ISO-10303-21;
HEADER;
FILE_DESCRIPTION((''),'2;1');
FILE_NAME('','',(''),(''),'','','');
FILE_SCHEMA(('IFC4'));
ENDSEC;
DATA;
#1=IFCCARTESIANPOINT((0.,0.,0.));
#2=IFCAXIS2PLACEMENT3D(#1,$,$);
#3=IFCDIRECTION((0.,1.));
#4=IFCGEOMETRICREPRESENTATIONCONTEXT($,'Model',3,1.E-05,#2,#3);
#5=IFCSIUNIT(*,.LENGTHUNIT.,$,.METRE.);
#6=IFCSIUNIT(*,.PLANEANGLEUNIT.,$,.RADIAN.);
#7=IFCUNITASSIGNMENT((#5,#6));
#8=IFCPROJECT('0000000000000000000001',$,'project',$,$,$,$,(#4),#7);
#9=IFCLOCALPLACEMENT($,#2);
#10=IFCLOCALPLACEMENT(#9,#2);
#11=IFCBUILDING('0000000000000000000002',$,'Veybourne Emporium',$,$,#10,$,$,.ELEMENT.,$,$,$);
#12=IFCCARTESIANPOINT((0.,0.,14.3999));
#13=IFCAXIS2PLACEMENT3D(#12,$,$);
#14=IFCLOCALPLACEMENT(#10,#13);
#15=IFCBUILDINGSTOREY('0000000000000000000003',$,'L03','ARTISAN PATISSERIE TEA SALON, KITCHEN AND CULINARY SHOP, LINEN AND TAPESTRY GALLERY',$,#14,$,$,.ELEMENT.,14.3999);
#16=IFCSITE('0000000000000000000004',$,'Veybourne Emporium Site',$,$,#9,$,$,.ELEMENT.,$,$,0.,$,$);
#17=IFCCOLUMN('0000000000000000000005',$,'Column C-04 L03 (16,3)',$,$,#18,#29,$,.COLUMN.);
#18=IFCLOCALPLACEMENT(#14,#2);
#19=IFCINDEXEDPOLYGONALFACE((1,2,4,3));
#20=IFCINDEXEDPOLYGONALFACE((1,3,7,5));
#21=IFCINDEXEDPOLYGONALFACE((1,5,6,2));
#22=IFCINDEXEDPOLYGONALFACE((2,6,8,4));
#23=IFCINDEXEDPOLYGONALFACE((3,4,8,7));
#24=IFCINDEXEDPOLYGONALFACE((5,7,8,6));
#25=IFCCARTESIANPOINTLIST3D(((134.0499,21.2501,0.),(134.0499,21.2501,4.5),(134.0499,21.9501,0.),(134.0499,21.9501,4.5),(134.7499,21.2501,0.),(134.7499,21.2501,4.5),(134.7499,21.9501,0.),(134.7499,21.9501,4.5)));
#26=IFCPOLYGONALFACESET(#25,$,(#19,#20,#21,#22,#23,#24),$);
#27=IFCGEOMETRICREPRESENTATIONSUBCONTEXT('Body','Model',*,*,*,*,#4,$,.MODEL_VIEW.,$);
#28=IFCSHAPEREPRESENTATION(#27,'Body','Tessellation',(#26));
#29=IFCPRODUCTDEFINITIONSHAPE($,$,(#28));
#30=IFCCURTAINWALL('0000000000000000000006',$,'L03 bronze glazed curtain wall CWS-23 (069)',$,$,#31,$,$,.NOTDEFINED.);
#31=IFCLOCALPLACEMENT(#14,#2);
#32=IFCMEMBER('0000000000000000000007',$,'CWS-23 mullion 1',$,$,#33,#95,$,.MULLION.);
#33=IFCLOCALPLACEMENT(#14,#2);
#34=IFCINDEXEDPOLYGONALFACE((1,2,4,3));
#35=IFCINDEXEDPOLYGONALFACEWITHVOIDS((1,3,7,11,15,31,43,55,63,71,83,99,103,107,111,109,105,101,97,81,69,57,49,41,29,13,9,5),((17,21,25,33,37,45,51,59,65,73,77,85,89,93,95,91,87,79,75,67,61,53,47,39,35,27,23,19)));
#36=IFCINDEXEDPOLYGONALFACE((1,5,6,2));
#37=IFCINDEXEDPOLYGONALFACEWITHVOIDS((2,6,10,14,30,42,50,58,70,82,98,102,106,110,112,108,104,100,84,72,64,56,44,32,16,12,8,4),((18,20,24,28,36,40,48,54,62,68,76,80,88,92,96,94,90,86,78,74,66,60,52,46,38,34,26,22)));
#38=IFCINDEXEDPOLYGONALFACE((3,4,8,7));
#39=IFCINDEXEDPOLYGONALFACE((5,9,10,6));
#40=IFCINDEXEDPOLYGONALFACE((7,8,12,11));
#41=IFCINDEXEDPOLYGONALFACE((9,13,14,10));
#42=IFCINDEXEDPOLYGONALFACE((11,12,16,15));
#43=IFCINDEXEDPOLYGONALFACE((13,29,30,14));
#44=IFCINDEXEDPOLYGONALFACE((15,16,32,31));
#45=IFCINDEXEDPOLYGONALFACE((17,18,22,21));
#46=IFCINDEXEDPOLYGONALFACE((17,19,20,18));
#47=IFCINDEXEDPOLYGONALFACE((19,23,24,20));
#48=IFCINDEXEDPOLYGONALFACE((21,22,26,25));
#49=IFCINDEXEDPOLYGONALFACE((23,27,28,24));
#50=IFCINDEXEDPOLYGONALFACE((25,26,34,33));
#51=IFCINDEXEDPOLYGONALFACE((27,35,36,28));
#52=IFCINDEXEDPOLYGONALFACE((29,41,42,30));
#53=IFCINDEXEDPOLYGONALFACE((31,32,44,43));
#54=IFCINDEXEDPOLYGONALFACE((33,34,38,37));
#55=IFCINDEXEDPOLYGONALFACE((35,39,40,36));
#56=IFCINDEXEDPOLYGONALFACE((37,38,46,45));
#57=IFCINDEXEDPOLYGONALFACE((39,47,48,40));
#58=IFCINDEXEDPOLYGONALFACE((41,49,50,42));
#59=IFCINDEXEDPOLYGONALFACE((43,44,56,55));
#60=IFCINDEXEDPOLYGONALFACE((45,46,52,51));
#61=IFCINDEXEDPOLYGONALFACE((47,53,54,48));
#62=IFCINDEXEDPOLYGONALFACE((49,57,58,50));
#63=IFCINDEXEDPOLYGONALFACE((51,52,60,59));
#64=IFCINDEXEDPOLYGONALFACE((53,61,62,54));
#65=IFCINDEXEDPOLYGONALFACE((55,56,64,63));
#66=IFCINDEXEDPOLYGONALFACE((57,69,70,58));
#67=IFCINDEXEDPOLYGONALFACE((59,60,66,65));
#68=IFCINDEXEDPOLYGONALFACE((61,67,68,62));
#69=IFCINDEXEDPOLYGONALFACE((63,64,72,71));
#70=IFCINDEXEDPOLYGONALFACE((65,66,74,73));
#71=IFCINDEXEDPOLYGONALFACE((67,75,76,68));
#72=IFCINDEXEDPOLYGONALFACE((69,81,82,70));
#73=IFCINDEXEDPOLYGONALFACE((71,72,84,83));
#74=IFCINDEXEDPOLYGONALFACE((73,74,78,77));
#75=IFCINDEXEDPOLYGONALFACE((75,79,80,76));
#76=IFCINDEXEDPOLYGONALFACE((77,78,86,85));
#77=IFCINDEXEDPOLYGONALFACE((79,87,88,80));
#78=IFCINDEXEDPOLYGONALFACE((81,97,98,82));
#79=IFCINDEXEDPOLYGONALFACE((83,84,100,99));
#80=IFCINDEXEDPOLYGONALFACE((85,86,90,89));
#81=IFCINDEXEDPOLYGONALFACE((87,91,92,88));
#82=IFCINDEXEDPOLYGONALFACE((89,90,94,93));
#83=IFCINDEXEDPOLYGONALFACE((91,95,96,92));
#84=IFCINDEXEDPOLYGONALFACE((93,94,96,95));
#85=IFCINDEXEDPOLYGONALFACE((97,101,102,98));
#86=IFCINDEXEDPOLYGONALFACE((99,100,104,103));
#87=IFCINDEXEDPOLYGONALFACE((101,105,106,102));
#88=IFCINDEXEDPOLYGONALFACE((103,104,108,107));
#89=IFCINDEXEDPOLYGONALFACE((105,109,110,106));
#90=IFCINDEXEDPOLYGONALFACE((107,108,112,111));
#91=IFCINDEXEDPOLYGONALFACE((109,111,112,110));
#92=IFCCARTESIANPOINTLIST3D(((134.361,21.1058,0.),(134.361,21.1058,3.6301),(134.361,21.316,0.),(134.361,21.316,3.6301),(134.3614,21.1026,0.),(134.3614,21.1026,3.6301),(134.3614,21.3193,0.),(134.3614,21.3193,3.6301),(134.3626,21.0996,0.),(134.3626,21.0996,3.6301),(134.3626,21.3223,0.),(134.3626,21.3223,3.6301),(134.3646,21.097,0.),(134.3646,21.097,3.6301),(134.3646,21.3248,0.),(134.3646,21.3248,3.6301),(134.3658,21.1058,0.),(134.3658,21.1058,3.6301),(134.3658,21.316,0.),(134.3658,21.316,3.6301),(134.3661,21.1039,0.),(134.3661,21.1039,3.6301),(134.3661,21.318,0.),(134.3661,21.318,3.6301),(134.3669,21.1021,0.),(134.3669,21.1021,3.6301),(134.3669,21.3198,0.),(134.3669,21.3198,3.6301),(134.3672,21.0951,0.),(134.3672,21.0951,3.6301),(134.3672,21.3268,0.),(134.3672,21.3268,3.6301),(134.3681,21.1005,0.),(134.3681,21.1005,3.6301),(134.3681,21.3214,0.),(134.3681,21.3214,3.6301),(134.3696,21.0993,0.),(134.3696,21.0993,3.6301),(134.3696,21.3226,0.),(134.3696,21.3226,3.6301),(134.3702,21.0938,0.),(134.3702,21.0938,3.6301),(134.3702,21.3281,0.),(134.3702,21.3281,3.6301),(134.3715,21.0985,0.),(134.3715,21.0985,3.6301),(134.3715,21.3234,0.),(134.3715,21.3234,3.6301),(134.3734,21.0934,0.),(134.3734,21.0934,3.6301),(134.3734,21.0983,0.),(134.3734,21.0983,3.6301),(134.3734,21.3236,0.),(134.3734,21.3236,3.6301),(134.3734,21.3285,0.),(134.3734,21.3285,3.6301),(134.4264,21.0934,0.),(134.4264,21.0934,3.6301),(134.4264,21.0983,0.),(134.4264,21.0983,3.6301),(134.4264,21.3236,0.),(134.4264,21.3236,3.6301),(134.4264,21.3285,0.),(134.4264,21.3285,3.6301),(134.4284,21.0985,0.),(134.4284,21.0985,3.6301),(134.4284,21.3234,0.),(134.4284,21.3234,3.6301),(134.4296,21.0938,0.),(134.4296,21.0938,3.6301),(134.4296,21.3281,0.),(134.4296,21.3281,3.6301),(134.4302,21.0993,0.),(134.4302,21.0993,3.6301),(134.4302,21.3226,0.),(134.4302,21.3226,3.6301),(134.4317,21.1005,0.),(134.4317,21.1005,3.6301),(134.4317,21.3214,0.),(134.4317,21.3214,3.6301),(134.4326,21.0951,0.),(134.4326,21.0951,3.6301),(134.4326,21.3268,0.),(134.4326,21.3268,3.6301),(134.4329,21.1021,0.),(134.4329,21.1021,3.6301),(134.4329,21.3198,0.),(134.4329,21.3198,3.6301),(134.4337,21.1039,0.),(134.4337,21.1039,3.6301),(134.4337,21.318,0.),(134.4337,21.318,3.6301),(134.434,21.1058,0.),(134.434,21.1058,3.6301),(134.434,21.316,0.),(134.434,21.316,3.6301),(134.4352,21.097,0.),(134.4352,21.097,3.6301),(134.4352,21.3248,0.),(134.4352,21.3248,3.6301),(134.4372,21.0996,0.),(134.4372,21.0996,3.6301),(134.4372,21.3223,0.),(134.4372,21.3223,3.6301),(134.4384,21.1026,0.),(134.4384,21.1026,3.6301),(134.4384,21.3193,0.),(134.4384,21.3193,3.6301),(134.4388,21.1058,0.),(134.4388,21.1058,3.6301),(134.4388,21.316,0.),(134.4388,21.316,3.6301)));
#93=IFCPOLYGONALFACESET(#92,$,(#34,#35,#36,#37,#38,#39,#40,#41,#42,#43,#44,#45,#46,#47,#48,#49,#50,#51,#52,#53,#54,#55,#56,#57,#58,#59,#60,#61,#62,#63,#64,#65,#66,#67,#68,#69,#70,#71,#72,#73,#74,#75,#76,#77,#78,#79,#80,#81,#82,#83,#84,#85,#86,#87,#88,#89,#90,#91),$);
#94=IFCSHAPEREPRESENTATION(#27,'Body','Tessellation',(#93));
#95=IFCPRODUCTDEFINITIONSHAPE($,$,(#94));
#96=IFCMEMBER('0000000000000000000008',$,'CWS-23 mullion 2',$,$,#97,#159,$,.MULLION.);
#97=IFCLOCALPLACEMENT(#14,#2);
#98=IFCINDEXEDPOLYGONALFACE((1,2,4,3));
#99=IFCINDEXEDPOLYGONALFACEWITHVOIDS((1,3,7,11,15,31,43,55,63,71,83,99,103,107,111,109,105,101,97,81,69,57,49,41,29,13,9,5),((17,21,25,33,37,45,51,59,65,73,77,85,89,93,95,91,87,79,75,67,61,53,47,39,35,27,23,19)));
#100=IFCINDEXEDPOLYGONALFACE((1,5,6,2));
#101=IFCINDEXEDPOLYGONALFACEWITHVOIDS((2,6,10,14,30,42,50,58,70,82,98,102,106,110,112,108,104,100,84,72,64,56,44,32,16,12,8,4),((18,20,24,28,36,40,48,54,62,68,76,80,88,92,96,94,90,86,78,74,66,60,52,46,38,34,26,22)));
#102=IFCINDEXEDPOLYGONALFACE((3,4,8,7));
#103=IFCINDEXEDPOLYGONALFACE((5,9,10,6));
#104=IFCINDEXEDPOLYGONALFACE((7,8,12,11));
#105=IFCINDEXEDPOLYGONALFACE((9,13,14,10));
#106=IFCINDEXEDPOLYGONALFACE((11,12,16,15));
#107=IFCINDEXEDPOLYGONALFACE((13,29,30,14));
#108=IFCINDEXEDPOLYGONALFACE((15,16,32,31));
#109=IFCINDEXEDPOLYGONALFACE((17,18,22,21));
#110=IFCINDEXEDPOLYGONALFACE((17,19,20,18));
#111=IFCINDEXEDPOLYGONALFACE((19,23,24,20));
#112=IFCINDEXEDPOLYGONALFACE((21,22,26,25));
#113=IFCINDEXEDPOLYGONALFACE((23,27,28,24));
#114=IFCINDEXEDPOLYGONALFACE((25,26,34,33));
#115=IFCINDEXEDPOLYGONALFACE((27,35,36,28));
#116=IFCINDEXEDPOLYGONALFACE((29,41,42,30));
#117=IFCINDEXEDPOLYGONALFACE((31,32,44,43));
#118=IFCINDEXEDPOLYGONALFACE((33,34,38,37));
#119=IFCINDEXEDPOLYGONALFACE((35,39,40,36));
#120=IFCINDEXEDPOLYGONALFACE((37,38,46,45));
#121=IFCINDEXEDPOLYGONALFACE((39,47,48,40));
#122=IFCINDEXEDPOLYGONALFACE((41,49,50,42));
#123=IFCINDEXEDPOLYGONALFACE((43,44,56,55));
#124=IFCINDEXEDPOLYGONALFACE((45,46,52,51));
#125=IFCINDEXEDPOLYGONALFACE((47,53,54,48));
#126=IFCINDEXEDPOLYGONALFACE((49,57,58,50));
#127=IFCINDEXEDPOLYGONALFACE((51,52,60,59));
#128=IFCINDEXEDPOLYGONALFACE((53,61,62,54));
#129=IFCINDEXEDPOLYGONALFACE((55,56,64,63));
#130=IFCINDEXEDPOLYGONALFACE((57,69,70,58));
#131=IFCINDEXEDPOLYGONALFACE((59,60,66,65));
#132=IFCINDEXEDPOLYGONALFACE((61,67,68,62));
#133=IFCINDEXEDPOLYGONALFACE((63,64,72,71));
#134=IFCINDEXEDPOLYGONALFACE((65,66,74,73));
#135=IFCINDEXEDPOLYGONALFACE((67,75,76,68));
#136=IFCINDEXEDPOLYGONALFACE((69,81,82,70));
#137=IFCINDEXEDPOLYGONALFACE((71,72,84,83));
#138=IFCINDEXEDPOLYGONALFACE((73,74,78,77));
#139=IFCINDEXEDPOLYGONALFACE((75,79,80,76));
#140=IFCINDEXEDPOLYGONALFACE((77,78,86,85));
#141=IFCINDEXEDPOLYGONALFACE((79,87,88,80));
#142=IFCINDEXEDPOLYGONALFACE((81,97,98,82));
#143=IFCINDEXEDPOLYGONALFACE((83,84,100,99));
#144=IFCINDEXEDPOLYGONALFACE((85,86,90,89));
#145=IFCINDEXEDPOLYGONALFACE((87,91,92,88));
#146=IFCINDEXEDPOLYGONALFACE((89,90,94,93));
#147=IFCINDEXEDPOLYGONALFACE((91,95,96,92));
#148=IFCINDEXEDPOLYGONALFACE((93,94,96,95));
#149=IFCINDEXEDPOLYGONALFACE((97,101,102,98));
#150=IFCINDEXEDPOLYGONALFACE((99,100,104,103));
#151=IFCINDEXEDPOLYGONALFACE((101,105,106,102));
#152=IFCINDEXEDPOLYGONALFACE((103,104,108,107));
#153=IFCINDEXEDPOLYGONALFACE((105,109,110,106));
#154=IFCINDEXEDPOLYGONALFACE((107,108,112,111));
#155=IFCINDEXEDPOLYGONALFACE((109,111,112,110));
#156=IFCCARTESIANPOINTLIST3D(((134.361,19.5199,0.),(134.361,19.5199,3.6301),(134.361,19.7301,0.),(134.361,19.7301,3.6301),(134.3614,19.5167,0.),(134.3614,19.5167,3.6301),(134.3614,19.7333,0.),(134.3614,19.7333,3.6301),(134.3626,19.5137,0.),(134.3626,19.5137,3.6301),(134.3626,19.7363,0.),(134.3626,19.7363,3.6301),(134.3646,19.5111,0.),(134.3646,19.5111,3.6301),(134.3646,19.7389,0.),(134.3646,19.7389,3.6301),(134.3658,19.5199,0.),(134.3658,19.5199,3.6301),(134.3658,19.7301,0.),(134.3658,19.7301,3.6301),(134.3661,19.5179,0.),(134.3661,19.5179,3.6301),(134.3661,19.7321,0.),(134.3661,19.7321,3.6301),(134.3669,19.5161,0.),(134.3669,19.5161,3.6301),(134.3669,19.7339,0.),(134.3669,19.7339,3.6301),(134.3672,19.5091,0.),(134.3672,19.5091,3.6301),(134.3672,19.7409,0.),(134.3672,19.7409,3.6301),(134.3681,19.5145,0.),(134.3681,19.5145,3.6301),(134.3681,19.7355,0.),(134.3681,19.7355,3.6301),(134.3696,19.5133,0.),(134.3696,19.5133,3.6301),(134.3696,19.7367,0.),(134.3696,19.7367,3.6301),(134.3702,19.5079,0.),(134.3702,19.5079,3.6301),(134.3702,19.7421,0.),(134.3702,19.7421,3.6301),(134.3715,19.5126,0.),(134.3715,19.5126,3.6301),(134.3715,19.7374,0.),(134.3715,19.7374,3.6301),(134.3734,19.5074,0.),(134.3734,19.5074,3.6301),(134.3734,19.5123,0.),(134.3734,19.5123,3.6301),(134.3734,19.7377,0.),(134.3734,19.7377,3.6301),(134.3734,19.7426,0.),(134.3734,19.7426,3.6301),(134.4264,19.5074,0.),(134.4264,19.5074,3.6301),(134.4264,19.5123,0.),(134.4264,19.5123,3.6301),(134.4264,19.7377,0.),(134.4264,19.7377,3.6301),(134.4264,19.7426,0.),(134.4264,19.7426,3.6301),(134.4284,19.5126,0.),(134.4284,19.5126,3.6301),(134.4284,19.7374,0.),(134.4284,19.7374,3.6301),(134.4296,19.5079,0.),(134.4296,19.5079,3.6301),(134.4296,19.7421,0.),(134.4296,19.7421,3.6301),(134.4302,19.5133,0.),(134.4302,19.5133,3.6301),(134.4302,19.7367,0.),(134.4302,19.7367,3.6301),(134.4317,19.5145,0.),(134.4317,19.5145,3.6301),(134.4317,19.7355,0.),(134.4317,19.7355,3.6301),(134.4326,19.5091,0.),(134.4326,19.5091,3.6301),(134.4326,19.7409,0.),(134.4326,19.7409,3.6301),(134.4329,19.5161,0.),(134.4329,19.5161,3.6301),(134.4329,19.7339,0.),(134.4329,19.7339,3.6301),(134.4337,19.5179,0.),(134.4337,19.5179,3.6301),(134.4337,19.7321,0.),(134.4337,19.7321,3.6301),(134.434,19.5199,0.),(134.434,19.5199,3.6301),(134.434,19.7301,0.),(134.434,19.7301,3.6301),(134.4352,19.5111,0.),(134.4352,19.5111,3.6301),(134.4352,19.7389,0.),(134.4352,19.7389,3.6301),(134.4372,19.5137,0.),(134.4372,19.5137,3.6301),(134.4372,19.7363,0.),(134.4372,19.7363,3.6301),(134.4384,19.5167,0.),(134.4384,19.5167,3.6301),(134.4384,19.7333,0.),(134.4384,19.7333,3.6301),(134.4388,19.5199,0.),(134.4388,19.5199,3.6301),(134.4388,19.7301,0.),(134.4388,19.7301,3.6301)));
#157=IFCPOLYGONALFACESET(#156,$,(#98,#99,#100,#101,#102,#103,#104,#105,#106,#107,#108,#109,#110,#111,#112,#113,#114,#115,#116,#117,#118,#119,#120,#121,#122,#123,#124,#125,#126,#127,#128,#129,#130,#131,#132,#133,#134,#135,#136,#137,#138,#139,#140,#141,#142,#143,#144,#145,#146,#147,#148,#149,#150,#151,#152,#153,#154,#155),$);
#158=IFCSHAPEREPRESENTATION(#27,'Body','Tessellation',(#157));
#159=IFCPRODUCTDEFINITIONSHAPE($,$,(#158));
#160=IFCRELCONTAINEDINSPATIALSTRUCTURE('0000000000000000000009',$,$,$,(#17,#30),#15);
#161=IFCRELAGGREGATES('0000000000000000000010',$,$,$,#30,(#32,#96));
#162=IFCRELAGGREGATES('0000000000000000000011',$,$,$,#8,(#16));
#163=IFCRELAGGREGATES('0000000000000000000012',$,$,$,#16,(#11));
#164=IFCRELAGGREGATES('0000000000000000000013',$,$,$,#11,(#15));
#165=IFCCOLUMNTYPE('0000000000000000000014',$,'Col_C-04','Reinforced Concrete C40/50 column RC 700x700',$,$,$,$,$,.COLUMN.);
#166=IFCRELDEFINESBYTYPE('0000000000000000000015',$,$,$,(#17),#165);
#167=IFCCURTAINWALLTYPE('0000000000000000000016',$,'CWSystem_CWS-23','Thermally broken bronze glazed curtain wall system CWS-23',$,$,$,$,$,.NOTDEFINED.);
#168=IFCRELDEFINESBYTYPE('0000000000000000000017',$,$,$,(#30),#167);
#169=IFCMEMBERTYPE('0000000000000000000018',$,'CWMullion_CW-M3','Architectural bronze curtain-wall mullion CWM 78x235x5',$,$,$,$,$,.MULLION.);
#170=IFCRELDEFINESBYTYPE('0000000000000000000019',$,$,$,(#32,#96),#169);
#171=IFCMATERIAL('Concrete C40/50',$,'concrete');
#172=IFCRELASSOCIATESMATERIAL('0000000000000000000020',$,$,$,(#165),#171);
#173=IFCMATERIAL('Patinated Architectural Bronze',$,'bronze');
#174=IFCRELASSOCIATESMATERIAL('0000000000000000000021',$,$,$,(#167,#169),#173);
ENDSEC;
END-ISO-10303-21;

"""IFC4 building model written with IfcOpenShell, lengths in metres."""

from ifc_helpers import new_model, si_unit, direction, frame, origin, origin_2d, place, context, subcontext, project, spatial, rectangle, hollow_rectangle, extrude, material, material_profile, profile_set, type_object, element, aggregate, save


model = new_model("IFC4")

# Units and contexts
model_context = context("Model", 3, precision=1e-05, world=origin(), true_north=direction((0.0, 1.0)))
body_context = subcontext(model_context, "Body", "Model", "MODEL_VIEW")
ifc_project = project(units=[si_unit("LENGTHUNIT", "METRE"), si_unit("PLANEANGLEUNIT", "RADIAN")], contexts=[model_context])

# Site, building, storey
site_placement = place(None, origin())
site = spatial("IfcSite", under=ifc_project, at=site_placement, Name="Veybourne Emporium Site", CompositionType="ELEMENT", RefElevation=0.0)
building_placement = place(site_placement, origin())
building = spatial("IfcBuilding", under=site, at=building_placement, Name="Veybourne Emporium", CompositionType="ELEMENT")
storey_placement = place(building_placement, frame((0.0, 0.0, 14.3999)))
storey = spatial("IfcBuildingStorey", under=building, at=storey_placement, Name="L03", Description="ARTISAN PATISSERIE TEA SALON, KITCHEN AND CULINARY SHOP, LINEN AND TAPESTRY GALLERY", CompositionType="ELEMENT", Elevation=14.3999)

# Column
ifc_material_1 = material(Name="Concrete C40/50", Category="concrete")
ifc_material_profile_1 = material_profile(ifc_material_1, rectangle(XDim=0.7, YDim=0.7, at=origin_2d()), Name="RC 700x700")
ifc_profile_set_1 = profile_set([ifc_material_profile_1], Name="Concrete C40/50")
column_type = type_object("IfcColumnType", Name="Col_C-04", Description="Reinforced Concrete C40/50 column RC 700x700", PredefinedType="COLUMN", material=ifc_profile_set_1)
column_placement = place(storey_placement, frame((134.3999, 21.6001, 0.0), z_axis=(0.0, 0.0, 1.0), x_axis=(1.0, 0.0, 0.0)))
element("IfcColumn", 1, at=column_placement, inside=storey, type_object=column_type, Name="Column C-04 L03 (16,3)", PredefinedType="COLUMN", context=body_context, shape_type="SweptSolid", body=[
    extrude(rectangle(XDim=0.7, YDim=0.7, at=origin_2d()), origin(), (0.0, 0.0, 1.0), 4.5),
])

# Curtain wall, members
ifc_material_2 = material(Name="Patinated Architectural Bronze", Category="bronze")
curtain_wall_type = type_object("IfcCurtainWallType", Name="CWSystem_CWS-23", Description="Thermally broken bronze glazed curtain wall system CWS-23", PredefinedType="NOTDEFINED", material=ifc_material_2)
curtain_wall_placement = place(storey_placement, origin())
curtain_wall = element("IfcCurtainWall", 2, at=curtain_wall_placement, inside=storey, type_object=curtain_wall_type, Name="L03 bronze glazed curtain wall CWS-23 (069)", PredefinedType="NOTDEFINED")
ifc_material_profile_2 = material_profile(ifc_material_2, hollow_rectangle(XDim=0.0779, YDim=0.2351, WallThickness=0.0049, InnerFilletRadius=0.0076, OuterFilletRadius=0.0125, at=origin_2d()), Name="CWM 78x235x5")
ifc_profile_set_2 = profile_set([ifc_material_profile_2], Name="Patinated Architectural Bronze")
member_type_1 = type_object("IfcMemberType", Name="CWMullion_CW-M3", Description="Architectural bronze curtain-wall mullion CWM 78x235x5", PredefinedType="MULLION", material=ifc_profile_set_2)
member_1_placement = place(storey_placement, frame((134.3999, 21.2109, 0.0), z_axis=(0.0, 0.0, 1.0), x_axis=(1.0, 0.0, 0.0)))
member_1 = element("IfcMember", 3, at=member_1_placement, type_object=member_type_1, Name="CWS-23 mullion 1", PredefinedType="MULLION", context=body_context, shape_type="SweptSolid", body=[
    extrude(hollow_rectangle(XDim=0.0779, YDim=0.2351, WallThickness=0.0049, InnerFilletRadius=0.0076, OuterFilletRadius=0.0125, at=origin_2d()), origin(), (0.0, 0.0, 1.0), 3.6301),
])
member_2_placement = place(storey_placement, frame((134.3999, 19.625, 0.0), z_axis=(0.0, 0.0, 1.0), x_axis=(1.0, 0.0, 0.0)))
member_2 = element("IfcMember", 4, at=member_2_placement, type_object=member_type_1, Name="CWS-23 mullion 2", PredefinedType="MULLION", context=body_context, shape_type="SweptSolid", body=[
    extrude(hollow_rectangle(XDim=0.0779, YDim=0.2351, WallThickness=0.0049, InnerFilletRadius=0.0076, OuterFilletRadius=0.0125, at=origin_2d()), origin(), (0.0, 0.0, 1.0), 3.6301),
])
aggregate(curtain_wall, [member_1, member_2])

save(model, "model.ifc")
